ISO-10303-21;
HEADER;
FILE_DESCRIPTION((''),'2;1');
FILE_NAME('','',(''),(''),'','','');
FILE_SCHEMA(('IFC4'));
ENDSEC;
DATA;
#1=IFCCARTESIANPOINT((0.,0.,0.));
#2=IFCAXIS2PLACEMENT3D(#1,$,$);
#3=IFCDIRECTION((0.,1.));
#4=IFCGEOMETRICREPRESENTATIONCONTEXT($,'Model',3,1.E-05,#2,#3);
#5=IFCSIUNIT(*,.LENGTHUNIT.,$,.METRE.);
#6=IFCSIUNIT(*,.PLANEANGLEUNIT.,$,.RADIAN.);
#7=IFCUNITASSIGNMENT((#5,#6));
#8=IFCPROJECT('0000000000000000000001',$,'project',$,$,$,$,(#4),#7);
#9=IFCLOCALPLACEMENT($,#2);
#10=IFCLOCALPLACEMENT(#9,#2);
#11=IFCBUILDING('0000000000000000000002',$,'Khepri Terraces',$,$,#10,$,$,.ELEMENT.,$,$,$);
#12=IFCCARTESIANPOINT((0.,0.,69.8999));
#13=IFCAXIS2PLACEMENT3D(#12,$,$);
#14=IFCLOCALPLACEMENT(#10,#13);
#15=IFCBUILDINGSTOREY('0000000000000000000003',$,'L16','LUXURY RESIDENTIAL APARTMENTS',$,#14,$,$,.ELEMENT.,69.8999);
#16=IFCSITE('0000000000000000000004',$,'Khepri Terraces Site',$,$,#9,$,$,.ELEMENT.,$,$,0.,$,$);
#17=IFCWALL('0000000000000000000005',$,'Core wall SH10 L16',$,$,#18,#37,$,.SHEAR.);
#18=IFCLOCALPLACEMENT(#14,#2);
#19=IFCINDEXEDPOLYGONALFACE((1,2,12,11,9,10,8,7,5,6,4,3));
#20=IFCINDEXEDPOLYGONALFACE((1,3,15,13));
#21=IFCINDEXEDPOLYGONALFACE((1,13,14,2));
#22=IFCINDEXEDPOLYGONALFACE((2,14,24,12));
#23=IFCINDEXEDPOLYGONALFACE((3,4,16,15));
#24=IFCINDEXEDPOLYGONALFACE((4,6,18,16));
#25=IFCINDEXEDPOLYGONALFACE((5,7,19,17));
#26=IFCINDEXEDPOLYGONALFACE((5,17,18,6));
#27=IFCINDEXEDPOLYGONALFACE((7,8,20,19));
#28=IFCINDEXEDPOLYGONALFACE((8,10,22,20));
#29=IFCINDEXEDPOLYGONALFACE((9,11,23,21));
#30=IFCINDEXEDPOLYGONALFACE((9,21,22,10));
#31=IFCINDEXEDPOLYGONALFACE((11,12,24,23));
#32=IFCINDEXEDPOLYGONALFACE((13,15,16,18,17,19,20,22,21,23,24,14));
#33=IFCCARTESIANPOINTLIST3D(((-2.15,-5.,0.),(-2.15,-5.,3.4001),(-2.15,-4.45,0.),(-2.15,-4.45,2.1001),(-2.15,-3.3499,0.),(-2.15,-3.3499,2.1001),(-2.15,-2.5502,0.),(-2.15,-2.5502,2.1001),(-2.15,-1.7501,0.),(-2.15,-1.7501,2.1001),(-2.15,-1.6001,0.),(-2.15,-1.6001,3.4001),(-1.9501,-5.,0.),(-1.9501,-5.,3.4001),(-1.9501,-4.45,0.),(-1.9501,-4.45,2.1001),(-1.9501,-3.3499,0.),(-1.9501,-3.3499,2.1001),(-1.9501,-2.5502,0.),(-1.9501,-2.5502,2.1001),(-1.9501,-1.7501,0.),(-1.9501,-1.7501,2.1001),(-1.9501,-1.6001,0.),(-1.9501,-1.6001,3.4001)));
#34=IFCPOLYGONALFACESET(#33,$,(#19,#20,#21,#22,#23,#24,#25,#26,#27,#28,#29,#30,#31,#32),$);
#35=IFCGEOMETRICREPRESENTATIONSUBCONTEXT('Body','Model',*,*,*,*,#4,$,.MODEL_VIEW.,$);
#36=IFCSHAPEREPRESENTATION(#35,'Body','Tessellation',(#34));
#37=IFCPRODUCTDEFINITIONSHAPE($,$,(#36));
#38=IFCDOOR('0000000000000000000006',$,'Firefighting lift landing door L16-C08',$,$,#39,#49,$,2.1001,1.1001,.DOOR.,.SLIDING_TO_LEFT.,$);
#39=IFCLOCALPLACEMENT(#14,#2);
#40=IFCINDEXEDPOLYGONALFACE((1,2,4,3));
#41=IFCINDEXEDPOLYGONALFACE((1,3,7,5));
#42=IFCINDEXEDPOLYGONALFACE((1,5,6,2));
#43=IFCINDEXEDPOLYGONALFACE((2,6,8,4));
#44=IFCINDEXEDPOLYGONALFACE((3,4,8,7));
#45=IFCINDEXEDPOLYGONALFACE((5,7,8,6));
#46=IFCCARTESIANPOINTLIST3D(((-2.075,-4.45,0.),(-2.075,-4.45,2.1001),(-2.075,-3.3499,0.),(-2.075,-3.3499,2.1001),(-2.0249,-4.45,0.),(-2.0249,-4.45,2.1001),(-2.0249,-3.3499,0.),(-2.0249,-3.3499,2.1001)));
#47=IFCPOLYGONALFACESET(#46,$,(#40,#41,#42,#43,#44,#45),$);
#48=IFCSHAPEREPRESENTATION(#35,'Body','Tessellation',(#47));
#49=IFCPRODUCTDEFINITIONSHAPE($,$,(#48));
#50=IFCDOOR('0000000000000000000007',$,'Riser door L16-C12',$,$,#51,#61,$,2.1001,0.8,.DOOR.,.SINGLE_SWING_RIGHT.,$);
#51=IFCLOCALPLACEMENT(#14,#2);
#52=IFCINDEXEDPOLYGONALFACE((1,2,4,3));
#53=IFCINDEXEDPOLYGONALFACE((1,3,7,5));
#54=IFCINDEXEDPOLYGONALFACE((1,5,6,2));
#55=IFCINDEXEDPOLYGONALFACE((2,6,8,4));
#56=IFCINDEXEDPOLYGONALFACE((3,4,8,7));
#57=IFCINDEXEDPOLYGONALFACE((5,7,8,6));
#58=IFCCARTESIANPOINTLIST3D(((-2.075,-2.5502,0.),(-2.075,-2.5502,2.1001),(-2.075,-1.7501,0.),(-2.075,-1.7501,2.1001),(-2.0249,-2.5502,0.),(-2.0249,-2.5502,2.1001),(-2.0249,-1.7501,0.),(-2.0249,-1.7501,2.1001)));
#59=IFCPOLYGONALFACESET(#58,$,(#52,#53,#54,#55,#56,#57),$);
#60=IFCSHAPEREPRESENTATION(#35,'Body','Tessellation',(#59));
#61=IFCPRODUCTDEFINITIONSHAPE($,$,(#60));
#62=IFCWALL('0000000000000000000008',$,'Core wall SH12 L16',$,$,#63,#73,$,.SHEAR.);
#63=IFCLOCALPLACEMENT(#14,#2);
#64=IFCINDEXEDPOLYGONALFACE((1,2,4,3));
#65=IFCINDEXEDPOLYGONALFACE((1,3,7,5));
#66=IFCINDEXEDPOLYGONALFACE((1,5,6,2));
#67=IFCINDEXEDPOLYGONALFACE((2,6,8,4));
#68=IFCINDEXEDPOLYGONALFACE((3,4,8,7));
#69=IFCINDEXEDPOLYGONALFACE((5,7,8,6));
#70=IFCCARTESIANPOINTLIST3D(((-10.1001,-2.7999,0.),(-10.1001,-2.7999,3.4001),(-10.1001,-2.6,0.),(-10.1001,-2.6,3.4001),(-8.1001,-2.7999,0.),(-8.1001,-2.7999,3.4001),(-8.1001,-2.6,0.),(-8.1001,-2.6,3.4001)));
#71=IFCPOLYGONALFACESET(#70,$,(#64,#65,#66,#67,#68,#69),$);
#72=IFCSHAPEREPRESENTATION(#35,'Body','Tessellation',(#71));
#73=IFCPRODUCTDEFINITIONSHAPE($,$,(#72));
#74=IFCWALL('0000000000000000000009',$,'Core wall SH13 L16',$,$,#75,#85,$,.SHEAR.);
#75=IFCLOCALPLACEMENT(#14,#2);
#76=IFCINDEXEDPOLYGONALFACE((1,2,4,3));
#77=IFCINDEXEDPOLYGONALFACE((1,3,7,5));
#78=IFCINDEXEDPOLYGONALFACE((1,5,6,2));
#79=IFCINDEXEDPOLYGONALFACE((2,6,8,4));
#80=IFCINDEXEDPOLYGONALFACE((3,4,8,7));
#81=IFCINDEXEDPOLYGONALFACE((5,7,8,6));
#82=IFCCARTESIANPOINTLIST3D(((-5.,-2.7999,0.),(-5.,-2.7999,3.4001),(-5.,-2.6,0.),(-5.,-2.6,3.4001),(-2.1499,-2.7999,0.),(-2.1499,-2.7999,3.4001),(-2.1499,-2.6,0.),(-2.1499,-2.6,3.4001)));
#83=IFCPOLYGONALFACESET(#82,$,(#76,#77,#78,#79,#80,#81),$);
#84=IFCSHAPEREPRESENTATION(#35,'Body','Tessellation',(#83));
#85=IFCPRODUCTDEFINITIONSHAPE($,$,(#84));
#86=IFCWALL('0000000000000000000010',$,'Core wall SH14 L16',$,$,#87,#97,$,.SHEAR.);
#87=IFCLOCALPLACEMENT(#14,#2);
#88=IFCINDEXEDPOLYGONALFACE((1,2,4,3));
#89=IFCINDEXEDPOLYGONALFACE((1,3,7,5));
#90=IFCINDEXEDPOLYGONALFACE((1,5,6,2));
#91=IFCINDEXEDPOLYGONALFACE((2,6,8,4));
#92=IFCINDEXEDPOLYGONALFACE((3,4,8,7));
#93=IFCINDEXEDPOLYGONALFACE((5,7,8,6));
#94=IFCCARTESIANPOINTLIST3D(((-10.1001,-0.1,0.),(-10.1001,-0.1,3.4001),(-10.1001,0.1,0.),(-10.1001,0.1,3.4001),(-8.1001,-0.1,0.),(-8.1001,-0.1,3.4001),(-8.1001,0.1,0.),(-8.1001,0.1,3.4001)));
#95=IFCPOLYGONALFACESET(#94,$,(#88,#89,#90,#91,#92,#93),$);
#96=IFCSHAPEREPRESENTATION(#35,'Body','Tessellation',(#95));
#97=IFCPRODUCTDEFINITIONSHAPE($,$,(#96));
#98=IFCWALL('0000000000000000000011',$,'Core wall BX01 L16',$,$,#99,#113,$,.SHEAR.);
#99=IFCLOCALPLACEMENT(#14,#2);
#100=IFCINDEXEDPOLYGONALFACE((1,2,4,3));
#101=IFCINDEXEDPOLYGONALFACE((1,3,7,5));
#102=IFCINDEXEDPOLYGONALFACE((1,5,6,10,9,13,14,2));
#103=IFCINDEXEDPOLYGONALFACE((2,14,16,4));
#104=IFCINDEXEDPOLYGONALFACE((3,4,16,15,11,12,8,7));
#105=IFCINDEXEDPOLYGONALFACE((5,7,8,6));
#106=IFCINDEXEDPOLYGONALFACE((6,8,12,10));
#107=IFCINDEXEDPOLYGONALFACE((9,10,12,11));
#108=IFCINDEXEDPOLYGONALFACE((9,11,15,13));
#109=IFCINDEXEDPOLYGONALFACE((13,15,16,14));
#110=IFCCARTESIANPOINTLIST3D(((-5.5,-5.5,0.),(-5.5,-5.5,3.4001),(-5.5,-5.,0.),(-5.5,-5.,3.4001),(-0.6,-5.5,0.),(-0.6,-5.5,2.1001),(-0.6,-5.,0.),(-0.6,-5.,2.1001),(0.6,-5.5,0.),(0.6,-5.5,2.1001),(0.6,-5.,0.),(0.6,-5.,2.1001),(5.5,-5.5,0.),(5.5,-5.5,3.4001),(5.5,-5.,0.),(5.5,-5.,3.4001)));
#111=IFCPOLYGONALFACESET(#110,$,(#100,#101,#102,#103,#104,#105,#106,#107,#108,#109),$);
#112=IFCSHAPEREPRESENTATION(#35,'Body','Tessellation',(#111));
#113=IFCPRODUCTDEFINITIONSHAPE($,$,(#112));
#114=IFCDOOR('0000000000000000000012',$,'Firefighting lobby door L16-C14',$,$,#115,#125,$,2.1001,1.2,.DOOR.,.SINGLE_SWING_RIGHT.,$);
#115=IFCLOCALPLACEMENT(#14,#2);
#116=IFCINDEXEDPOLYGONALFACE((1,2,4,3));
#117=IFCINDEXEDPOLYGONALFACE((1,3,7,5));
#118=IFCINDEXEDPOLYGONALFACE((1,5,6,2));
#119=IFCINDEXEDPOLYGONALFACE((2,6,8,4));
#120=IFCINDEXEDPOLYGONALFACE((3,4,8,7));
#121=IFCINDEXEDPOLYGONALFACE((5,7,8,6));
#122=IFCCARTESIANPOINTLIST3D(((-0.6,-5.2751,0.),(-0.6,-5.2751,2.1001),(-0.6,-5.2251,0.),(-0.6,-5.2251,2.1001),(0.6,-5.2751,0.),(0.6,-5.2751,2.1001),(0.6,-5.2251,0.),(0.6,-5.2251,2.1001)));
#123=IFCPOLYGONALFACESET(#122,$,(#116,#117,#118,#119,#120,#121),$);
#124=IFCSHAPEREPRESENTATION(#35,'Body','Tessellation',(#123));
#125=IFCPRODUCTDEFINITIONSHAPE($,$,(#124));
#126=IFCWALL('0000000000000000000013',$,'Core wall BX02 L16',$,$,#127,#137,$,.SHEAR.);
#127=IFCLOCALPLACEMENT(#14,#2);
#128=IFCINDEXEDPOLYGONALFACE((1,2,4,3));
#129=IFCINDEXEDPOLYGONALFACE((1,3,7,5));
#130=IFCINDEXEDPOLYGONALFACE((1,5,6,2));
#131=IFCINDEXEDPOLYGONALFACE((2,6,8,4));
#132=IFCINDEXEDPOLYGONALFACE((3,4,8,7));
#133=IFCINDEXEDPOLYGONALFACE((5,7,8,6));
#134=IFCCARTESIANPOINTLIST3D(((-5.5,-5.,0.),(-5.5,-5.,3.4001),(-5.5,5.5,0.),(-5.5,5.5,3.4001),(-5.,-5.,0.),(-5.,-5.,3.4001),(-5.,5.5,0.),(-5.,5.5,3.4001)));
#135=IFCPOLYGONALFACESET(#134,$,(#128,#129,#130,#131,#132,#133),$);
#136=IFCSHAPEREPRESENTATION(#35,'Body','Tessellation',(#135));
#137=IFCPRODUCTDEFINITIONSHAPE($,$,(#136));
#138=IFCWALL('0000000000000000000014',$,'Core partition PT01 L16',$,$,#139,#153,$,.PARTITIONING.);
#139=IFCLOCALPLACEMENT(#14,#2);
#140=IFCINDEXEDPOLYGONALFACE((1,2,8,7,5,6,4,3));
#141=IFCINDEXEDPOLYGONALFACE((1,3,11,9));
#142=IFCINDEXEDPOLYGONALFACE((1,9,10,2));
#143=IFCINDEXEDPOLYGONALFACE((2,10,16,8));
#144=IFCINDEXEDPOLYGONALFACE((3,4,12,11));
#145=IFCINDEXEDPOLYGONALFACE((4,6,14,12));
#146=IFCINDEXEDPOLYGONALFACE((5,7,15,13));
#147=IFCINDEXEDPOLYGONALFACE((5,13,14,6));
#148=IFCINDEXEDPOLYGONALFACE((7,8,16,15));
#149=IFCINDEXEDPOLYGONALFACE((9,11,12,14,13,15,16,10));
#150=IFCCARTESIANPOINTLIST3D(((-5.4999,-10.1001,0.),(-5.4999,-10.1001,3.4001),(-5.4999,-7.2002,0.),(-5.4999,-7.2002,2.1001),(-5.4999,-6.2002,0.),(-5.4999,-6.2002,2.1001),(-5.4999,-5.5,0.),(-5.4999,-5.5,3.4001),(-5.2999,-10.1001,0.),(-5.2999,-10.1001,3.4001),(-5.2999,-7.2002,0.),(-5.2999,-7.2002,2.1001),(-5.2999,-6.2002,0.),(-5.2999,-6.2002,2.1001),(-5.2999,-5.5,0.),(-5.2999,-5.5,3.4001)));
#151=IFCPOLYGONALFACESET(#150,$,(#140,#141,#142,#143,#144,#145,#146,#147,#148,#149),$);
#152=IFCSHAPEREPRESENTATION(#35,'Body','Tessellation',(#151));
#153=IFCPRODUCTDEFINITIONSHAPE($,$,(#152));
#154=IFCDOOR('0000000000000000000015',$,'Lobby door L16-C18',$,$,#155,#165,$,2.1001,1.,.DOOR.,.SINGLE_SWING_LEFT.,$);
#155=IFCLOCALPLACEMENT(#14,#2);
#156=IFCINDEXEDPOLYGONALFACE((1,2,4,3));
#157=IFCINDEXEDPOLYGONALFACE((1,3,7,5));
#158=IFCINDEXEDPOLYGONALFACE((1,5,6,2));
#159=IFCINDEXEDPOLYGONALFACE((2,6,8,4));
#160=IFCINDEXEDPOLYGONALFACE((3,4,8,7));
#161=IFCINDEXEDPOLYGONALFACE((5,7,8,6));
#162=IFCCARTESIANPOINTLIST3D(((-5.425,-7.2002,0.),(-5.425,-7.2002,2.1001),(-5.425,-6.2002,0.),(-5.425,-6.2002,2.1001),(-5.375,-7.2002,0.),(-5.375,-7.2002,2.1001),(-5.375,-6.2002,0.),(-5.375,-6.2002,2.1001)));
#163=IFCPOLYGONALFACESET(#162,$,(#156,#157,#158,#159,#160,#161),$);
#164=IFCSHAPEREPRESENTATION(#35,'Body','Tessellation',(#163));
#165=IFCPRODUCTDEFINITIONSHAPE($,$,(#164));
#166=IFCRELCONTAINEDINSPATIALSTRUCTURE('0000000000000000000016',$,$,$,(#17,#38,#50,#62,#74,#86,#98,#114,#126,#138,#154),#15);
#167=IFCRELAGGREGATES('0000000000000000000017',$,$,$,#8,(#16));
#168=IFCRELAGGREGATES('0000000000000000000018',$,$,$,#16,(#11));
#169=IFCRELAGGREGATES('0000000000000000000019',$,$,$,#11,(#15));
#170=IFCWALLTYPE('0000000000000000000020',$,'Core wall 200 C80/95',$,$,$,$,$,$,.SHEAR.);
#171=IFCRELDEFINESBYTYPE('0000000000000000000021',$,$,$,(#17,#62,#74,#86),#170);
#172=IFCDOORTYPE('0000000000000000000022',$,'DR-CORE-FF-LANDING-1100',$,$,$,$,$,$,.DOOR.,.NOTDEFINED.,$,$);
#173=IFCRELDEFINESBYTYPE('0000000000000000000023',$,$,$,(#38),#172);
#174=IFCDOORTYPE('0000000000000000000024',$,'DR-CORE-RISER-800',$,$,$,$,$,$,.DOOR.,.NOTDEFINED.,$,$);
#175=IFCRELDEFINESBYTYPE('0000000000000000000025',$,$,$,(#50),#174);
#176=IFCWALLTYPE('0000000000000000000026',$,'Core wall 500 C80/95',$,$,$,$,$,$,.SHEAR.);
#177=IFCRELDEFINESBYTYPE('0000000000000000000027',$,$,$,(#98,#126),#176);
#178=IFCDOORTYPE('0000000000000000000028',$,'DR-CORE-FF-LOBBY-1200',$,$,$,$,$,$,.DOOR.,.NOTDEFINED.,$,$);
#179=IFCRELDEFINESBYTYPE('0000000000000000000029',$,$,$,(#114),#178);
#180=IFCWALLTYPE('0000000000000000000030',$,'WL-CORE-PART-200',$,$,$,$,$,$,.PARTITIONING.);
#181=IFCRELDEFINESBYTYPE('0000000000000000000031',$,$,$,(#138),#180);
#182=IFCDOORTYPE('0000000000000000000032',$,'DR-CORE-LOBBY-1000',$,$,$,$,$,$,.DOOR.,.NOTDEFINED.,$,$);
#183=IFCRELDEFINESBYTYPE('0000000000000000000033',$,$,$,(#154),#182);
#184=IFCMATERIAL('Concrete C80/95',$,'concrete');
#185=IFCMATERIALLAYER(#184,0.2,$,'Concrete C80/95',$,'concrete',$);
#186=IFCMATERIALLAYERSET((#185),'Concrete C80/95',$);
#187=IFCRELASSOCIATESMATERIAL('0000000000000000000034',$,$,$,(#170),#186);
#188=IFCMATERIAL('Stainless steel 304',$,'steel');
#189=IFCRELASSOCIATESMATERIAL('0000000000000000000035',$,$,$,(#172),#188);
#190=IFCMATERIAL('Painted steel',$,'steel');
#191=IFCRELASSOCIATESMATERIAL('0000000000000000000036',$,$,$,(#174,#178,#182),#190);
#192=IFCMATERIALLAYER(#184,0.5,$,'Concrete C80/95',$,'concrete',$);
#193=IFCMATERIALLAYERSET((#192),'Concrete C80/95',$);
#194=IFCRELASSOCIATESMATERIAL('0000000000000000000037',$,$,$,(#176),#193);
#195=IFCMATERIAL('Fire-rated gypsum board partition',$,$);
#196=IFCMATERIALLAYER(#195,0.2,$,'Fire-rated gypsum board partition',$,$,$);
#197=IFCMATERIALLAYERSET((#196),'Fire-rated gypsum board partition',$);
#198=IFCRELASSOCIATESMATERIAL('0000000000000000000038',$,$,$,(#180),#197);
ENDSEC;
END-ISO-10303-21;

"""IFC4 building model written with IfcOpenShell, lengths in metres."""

from ifc_helpers import new_model, si_unit, direction, frame, frame_2d, origin, place, context, subcontext, project, spatial, rectangle, extrude, material, layer, layer_set, type_object, element, fill, save


model = new_model("IFC4")

# Units and contexts
model_context = context("Model", 3, precision=1e-05, world=origin(), true_north=direction((0.0, 1.0)))
body_context = subcontext(model_context, "Body", "Model", "MODEL_VIEW")
ifc_project = project(units=[si_unit("LENGTHUNIT", "METRE"), si_unit("PLANEANGLEUNIT", "RADIAN")], contexts=[model_context])

# Site, building, storey
site_placement = place(None, origin())
site = spatial("IfcSite", under=ifc_project, at=site_placement, Name="Khepri Terraces Site", CompositionType="ELEMENT", RefElevation=0.0)
building_placement = place(site_placement, origin())
building = spatial("IfcBuilding", under=site, at=building_placement, Name="Khepri Terraces", CompositionType="ELEMENT")
storey_placement = place(building_placement, frame((0.0, 0.0, 69.8999)))
storey = spatial("IfcBuildingStorey", under=building, at=storey_placement, Name="L16", Description="LUXURY RESIDENTIAL APARTMENTS", CompositionType="ELEMENT", Elevation=69.8999)

# Shared definitions
ifc_material_1 = material(Name="Concrete C80/95", Category="concrete")
ifc_layer_1 = layer(ifc_material_1, 0.2, Name="Concrete C80/95", Category="concrete")
ifc_layer_set_1 = layer_set([ifc_layer_1], Name="Concrete C80/95")
wall_type_1 = type_object("IfcWallType", Name="Core wall 200 C80/95", PredefinedType="SHEAR", material=ifc_layer_set_1)

# Shared definitions
ifc_material_2 = material(Name="Painted steel", Category="steel")

# Wall, openings, doors
ifc_material_3 = material(Name="Stainless steel 304", Category="steel")
wall_1_placement = place(storey_placement, frame((-2.05, -5.0, 0.0), z_axis=(0.0, 0.0, 1.0), x_axis=(0.0, 1.0, 0.0)))
wall_1 = element("IfcWall", 1, at=wall_1_placement, inside=storey, type_object=wall_type_1, Name="Core wall SH10 L16", PredefinedType="SHEAR", context=body_context, shape_type="SweptSolid", body=[
    extrude(rectangle(XDim=3.3999, YDim=0.2, at=frame_2d((1.7, 0.0))), origin(), (0.0, 0.0, 1.0), 3.4001),
])
opening_1_placement = place(wall_1_placement, frame((0.55, 0.0, 0.0)))
opening_1 = element("IfcOpeningElement", 2, at=opening_1_placement, cuts=wall_1, PredefinedType="OPENING", context=body_context, shape_type="SweptSolid", body=[
    extrude(rectangle(XDim=1.1001, YDim=2.1001, at=frame_2d((0.55, 1.05))), frame((0.0, 0.1099, 0.0), z_axis=(0.0, -1.0, 0.0), x_axis=(1.0, 0.0, 0.0)), (0.0, 0.0, 1.0), 0.22),
])
opening_2_placement = place(wall_1_placement, frame((2.45, 0.0, 0.0)))
opening_2 = element("IfcOpeningElement", 3, at=opening_2_placement, cuts=wall_1, PredefinedType="OPENING", context=body_context, shape_type="SweptSolid", body=[
    extrude(rectangle(XDim=0.8, YDim=2.1001, at=frame_2d((0.3999, 1.05))), frame((0.0, 0.1099, 0.0), z_axis=(0.0, -1.0, 0.0), x_axis=(1.0, 0.0, 0.0)), (0.0, 0.0, 1.0), 0.22),
])
door_type_1 = type_object("IfcDoorType", Name="DR-CORE-FF-LANDING-1100", OperationType="NOTDEFINED", PredefinedType="DOOR", material=ifc_material_3)
door_1_placement = place(opening_1_placement, origin())
door_1 = element("IfcDoor", 4, at=door_1_placement, inside=storey, type_object=door_type_1, Name="Firefighting lift landing door L16-C08", OperationType="SLIDING_TO_LEFT", OverallHeight=2.1001, OverallWidth=1.1001, PredefinedType="DOOR", context=body_context, shape_type="SweptSolid", body=[
    extrude(rectangle(XDim=1.1001, YDim=2.1001, at=frame_2d((0.55, 1.05))), frame((0.0, 0.0249, 0.0), z_axis=(0.0, -1.0, 0.0), x_axis=(1.0, 0.0, 0.0)), (0.0, 0.0, 1.0), 0.05),
])
fill(opening_1, door_1)
door_type_2 = type_object("IfcDoorType", Name="DR-CORE-RISER-800", OperationType="NOTDEFINED", PredefinedType="DOOR", material=ifc_material_2)
door_2_placement = place(opening_2_placement, origin())
door_2 = element("IfcDoor", 5, at=door_2_placement, inside=storey, type_object=door_type_2, Name="Riser door L16-C12", OperationType="SINGLE_SWING_RIGHT", OverallHeight=2.1001, OverallWidth=0.8, PredefinedType="DOOR", context=body_context, shape_type="SweptSolid", body=[
    extrude(rectangle(XDim=0.8, YDim=2.1001, at=frame_2d((0.3999, 1.05))), frame((0.0, 0.0249, 0.0), z_axis=(0.0, -1.0, 0.0), x_axis=(1.0, 0.0, 0.0)), (0.0, 0.0, 1.0), 0.05),
])
fill(opening_2, door_2)

# Walls
wall_2_placement = place(storey_placement, frame((-10.1001, -2.7, 0.0), z_axis=(0.0, 0.0, 1.0), x_axis=(1.0, 0.0, 0.0)))
element("IfcWall", 6, at=wall_2_placement, inside=storey, type_object=wall_type_1, Name="Core wall SH12 L16", PredefinedType="SHEAR", context=body_context, shape_type="SweptSolid", body=[
    extrude(rectangle(XDim=2.0, YDim=0.2, at=frame_2d((1.0, 0.0))), origin(), (0.0, 0.0, 1.0), 3.4001),
])
wall_3_placement = place(storey_placement, frame((-5.0, -2.7, 0.0), z_axis=(0.0, 0.0, 1.0), x_axis=(1.0, 0.0, 0.0)))
element("IfcWall", 7, at=wall_3_placement, inside=storey, type_object=wall_type_1, Name="Core wall SH13 L16", PredefinedType="SHEAR", context=body_context, shape_type="SweptSolid", body=[
    extrude(rectangle(XDim=2.8501, YDim=0.2, at=frame_2d((1.425, 0.0))), origin(), (0.0, 0.0, 1.0), 3.4001),
])
wall_4_placement = place(storey_placement, frame((-10.1001, 0.0, 0.0), z_axis=(0.0, 0.0, 1.0), x_axis=(1.0, 0.0, 0.0)))
element("IfcWall", 8, at=wall_4_placement, inside=storey, type_object=wall_type_1, Name="Core wall SH14 L16", PredefinedType="SHEAR", context=body_context, shape_type="SweptSolid", body=[
    extrude(rectangle(XDim=2.0, YDim=0.2, at=frame_2d((1.0, 0.0))), origin(), (0.0, 0.0, 1.0), 3.4001),
])

# Wall, opening, door
ifc_layer_2 = layer(ifc_material_1, 0.5, Name="Concrete C80/95", Category="concrete")
ifc_layer_set_2 = layer_set([ifc_layer_2], Name="Concrete C80/95")
wall_type_2 = type_object("IfcWallType", Name="Core wall 500 C80/95", PredefinedType="SHEAR", material=ifc_layer_set_2)
wall_5_placement = place(storey_placement, frame((-5.5, -5.25, 0.0), z_axis=(0.0, 0.0, 1.0), x_axis=(1.0, 0.0, 0.0)))
wall_5 = element("IfcWall", 9, at=wall_5_placement, inside=storey, type_object=wall_type_2, Name="Core wall BX01 L16", PredefinedType="SHEAR", context=body_context, shape_type="SweptSolid", body=[
    extrude(rectangle(XDim=11.0, YDim=0.5, at=frame_2d((5.5, 0.0))), origin(), (0.0, 0.0, 1.0), 3.4001),
])
opening_3_placement = place(wall_5_placement, frame((4.8999, 0.0, 0.0)))
opening_3 = element("IfcOpeningElement", 10, at=opening_3_placement, cuts=wall_5, PredefinedType="OPENING", context=body_context, shape_type="SweptSolid", body=[
    extrude(rectangle(XDim=1.2, YDim=2.1001, at=frame_2d((0.6001, 1.05))), frame((0.0, 0.26, 0.0), z_axis=(0.0, -1.0, 0.0), x_axis=(1.0, 0.0, 0.0)), (0.0, 0.0, 1.0), 0.52),
])
door_type_3 = type_object("IfcDoorType", Name="DR-CORE-FF-LOBBY-1200", OperationType="NOTDEFINED", PredefinedType="DOOR", material=ifc_material_2)
door_3_placement = place(opening_3_placement, origin())
door_3 = element("IfcDoor", 11, at=door_3_placement, inside=storey, type_object=door_type_3, Name="Firefighting lobby door L16-C14", OperationType="SINGLE_SWING_RIGHT", OverallHeight=2.1001, OverallWidth=1.2, PredefinedType="DOOR", context=body_context, shape_type="SweptSolid", body=[
    extrude(rectangle(XDim=1.2, YDim=2.1001, at=frame_2d((0.6001, 1.05))), frame((0.0, 0.0249, 0.0), z_axis=(0.0, -1.0, 0.0), x_axis=(1.0, 0.0, 0.0)), (0.0, 0.0, 1.0), 0.05),
])
fill(opening_3, door_3)

# Wall
wall_6_placement = place(storey_placement, frame((-5.25, -5.0, 0.0), z_axis=(0.0, 0.0, 1.0), x_axis=(0.0, 1.0, 0.0)))
element("IfcWall", 12, at=wall_6_placement, inside=storey, type_object=wall_type_2, Name="Core wall BX02 L16", PredefinedType="SHEAR", context=body_context, shape_type="SweptSolid", body=[
    extrude(rectangle(XDim=10.5, YDim=0.5, at=frame_2d((5.25, 0.0))), origin(), (0.0, 0.0, 1.0), 3.4001),
])

# Wall, opening, door
ifc_material_4 = material(Name="Fire-rated gypsum board partition")
ifc_layer_3 = layer(ifc_material_4, 0.2, Name="Fire-rated gypsum board partition")
ifc_layer_set_3 = layer_set([ifc_layer_3], Name="Fire-rated gypsum board partition")
wall_type_3 = type_object("IfcWallType", Name="WL-CORE-PART-200", PredefinedType="PARTITIONING", material=ifc_layer_set_3)
wall_7_placement = place(storey_placement, frame((-5.3999, -10.1001, 0.0), z_axis=(0.0, 0.0, 1.0), x_axis=(0.0, 1.0, 0.0)))
wall_7 = element("IfcWall", 13, at=wall_7_placement, inside=storey, type_object=wall_type_3, Name="Core partition PT01 L16", PredefinedType="PARTITIONING", context=body_context, shape_type="SweptSolid", body=[
    extrude(rectangle(XDim=4.6001, YDim=0.2, at=frame_2d((2.3, 0.0))), origin(), (0.0, 0.0, 1.0), 3.4001),
])
opening_4_placement = place(wall_7_placement, frame((2.8999, 0.0, 0.0)))
opening_4 = element("IfcOpeningElement", 14, at=opening_4_placement, cuts=wall_7, PredefinedType="OPENING", context=body_context, shape_type="SweptSolid", body=[
    extrude(rectangle(XDim=1.0, YDim=2.1001, at=frame_2d((0.5, 1.05))), frame((0.0, 0.1099, 0.0), z_axis=(0.0, -1.0, 0.0), x_axis=(1.0, 0.0, 0.0)), (0.0, 0.0, 1.0), 0.22),
])
door_type_4 = type_object("IfcDoorType", Name="DR-CORE-LOBBY-1000", OperationType="NOTDEFINED", PredefinedType="DOOR", material=ifc_material_2)
door_4_placement = place(opening_4_placement, frame((1.0, 0.0, 0.0), z_axis=(0.0, 0.0, 1.0), x_axis=(-1.0, 0.0, 0.0)))
door_4 = element("IfcDoor", 15, at=door_4_placement, inside=storey, type_object=door_type_4, Name="Lobby door L16-C18", OperationType="SINGLE_SWING_LEFT", OverallHeight=2.1001, OverallWidth=1.0, PredefinedType="DOOR", context=body_context, shape_type="SweptSolid", body=[
    extrude(rectangle(XDim=1.0, YDim=2.1001, at=frame_2d((0.5, 1.05))), frame((0.0, 0.0249, 0.0), z_axis=(0.0, -1.0, 0.0), x_axis=(1.0, 0.0, 0.0)), (0.0, 0.0, 1.0), 0.05),
])
fill(opening_4, door_4)

save(model, "model.ifc")
